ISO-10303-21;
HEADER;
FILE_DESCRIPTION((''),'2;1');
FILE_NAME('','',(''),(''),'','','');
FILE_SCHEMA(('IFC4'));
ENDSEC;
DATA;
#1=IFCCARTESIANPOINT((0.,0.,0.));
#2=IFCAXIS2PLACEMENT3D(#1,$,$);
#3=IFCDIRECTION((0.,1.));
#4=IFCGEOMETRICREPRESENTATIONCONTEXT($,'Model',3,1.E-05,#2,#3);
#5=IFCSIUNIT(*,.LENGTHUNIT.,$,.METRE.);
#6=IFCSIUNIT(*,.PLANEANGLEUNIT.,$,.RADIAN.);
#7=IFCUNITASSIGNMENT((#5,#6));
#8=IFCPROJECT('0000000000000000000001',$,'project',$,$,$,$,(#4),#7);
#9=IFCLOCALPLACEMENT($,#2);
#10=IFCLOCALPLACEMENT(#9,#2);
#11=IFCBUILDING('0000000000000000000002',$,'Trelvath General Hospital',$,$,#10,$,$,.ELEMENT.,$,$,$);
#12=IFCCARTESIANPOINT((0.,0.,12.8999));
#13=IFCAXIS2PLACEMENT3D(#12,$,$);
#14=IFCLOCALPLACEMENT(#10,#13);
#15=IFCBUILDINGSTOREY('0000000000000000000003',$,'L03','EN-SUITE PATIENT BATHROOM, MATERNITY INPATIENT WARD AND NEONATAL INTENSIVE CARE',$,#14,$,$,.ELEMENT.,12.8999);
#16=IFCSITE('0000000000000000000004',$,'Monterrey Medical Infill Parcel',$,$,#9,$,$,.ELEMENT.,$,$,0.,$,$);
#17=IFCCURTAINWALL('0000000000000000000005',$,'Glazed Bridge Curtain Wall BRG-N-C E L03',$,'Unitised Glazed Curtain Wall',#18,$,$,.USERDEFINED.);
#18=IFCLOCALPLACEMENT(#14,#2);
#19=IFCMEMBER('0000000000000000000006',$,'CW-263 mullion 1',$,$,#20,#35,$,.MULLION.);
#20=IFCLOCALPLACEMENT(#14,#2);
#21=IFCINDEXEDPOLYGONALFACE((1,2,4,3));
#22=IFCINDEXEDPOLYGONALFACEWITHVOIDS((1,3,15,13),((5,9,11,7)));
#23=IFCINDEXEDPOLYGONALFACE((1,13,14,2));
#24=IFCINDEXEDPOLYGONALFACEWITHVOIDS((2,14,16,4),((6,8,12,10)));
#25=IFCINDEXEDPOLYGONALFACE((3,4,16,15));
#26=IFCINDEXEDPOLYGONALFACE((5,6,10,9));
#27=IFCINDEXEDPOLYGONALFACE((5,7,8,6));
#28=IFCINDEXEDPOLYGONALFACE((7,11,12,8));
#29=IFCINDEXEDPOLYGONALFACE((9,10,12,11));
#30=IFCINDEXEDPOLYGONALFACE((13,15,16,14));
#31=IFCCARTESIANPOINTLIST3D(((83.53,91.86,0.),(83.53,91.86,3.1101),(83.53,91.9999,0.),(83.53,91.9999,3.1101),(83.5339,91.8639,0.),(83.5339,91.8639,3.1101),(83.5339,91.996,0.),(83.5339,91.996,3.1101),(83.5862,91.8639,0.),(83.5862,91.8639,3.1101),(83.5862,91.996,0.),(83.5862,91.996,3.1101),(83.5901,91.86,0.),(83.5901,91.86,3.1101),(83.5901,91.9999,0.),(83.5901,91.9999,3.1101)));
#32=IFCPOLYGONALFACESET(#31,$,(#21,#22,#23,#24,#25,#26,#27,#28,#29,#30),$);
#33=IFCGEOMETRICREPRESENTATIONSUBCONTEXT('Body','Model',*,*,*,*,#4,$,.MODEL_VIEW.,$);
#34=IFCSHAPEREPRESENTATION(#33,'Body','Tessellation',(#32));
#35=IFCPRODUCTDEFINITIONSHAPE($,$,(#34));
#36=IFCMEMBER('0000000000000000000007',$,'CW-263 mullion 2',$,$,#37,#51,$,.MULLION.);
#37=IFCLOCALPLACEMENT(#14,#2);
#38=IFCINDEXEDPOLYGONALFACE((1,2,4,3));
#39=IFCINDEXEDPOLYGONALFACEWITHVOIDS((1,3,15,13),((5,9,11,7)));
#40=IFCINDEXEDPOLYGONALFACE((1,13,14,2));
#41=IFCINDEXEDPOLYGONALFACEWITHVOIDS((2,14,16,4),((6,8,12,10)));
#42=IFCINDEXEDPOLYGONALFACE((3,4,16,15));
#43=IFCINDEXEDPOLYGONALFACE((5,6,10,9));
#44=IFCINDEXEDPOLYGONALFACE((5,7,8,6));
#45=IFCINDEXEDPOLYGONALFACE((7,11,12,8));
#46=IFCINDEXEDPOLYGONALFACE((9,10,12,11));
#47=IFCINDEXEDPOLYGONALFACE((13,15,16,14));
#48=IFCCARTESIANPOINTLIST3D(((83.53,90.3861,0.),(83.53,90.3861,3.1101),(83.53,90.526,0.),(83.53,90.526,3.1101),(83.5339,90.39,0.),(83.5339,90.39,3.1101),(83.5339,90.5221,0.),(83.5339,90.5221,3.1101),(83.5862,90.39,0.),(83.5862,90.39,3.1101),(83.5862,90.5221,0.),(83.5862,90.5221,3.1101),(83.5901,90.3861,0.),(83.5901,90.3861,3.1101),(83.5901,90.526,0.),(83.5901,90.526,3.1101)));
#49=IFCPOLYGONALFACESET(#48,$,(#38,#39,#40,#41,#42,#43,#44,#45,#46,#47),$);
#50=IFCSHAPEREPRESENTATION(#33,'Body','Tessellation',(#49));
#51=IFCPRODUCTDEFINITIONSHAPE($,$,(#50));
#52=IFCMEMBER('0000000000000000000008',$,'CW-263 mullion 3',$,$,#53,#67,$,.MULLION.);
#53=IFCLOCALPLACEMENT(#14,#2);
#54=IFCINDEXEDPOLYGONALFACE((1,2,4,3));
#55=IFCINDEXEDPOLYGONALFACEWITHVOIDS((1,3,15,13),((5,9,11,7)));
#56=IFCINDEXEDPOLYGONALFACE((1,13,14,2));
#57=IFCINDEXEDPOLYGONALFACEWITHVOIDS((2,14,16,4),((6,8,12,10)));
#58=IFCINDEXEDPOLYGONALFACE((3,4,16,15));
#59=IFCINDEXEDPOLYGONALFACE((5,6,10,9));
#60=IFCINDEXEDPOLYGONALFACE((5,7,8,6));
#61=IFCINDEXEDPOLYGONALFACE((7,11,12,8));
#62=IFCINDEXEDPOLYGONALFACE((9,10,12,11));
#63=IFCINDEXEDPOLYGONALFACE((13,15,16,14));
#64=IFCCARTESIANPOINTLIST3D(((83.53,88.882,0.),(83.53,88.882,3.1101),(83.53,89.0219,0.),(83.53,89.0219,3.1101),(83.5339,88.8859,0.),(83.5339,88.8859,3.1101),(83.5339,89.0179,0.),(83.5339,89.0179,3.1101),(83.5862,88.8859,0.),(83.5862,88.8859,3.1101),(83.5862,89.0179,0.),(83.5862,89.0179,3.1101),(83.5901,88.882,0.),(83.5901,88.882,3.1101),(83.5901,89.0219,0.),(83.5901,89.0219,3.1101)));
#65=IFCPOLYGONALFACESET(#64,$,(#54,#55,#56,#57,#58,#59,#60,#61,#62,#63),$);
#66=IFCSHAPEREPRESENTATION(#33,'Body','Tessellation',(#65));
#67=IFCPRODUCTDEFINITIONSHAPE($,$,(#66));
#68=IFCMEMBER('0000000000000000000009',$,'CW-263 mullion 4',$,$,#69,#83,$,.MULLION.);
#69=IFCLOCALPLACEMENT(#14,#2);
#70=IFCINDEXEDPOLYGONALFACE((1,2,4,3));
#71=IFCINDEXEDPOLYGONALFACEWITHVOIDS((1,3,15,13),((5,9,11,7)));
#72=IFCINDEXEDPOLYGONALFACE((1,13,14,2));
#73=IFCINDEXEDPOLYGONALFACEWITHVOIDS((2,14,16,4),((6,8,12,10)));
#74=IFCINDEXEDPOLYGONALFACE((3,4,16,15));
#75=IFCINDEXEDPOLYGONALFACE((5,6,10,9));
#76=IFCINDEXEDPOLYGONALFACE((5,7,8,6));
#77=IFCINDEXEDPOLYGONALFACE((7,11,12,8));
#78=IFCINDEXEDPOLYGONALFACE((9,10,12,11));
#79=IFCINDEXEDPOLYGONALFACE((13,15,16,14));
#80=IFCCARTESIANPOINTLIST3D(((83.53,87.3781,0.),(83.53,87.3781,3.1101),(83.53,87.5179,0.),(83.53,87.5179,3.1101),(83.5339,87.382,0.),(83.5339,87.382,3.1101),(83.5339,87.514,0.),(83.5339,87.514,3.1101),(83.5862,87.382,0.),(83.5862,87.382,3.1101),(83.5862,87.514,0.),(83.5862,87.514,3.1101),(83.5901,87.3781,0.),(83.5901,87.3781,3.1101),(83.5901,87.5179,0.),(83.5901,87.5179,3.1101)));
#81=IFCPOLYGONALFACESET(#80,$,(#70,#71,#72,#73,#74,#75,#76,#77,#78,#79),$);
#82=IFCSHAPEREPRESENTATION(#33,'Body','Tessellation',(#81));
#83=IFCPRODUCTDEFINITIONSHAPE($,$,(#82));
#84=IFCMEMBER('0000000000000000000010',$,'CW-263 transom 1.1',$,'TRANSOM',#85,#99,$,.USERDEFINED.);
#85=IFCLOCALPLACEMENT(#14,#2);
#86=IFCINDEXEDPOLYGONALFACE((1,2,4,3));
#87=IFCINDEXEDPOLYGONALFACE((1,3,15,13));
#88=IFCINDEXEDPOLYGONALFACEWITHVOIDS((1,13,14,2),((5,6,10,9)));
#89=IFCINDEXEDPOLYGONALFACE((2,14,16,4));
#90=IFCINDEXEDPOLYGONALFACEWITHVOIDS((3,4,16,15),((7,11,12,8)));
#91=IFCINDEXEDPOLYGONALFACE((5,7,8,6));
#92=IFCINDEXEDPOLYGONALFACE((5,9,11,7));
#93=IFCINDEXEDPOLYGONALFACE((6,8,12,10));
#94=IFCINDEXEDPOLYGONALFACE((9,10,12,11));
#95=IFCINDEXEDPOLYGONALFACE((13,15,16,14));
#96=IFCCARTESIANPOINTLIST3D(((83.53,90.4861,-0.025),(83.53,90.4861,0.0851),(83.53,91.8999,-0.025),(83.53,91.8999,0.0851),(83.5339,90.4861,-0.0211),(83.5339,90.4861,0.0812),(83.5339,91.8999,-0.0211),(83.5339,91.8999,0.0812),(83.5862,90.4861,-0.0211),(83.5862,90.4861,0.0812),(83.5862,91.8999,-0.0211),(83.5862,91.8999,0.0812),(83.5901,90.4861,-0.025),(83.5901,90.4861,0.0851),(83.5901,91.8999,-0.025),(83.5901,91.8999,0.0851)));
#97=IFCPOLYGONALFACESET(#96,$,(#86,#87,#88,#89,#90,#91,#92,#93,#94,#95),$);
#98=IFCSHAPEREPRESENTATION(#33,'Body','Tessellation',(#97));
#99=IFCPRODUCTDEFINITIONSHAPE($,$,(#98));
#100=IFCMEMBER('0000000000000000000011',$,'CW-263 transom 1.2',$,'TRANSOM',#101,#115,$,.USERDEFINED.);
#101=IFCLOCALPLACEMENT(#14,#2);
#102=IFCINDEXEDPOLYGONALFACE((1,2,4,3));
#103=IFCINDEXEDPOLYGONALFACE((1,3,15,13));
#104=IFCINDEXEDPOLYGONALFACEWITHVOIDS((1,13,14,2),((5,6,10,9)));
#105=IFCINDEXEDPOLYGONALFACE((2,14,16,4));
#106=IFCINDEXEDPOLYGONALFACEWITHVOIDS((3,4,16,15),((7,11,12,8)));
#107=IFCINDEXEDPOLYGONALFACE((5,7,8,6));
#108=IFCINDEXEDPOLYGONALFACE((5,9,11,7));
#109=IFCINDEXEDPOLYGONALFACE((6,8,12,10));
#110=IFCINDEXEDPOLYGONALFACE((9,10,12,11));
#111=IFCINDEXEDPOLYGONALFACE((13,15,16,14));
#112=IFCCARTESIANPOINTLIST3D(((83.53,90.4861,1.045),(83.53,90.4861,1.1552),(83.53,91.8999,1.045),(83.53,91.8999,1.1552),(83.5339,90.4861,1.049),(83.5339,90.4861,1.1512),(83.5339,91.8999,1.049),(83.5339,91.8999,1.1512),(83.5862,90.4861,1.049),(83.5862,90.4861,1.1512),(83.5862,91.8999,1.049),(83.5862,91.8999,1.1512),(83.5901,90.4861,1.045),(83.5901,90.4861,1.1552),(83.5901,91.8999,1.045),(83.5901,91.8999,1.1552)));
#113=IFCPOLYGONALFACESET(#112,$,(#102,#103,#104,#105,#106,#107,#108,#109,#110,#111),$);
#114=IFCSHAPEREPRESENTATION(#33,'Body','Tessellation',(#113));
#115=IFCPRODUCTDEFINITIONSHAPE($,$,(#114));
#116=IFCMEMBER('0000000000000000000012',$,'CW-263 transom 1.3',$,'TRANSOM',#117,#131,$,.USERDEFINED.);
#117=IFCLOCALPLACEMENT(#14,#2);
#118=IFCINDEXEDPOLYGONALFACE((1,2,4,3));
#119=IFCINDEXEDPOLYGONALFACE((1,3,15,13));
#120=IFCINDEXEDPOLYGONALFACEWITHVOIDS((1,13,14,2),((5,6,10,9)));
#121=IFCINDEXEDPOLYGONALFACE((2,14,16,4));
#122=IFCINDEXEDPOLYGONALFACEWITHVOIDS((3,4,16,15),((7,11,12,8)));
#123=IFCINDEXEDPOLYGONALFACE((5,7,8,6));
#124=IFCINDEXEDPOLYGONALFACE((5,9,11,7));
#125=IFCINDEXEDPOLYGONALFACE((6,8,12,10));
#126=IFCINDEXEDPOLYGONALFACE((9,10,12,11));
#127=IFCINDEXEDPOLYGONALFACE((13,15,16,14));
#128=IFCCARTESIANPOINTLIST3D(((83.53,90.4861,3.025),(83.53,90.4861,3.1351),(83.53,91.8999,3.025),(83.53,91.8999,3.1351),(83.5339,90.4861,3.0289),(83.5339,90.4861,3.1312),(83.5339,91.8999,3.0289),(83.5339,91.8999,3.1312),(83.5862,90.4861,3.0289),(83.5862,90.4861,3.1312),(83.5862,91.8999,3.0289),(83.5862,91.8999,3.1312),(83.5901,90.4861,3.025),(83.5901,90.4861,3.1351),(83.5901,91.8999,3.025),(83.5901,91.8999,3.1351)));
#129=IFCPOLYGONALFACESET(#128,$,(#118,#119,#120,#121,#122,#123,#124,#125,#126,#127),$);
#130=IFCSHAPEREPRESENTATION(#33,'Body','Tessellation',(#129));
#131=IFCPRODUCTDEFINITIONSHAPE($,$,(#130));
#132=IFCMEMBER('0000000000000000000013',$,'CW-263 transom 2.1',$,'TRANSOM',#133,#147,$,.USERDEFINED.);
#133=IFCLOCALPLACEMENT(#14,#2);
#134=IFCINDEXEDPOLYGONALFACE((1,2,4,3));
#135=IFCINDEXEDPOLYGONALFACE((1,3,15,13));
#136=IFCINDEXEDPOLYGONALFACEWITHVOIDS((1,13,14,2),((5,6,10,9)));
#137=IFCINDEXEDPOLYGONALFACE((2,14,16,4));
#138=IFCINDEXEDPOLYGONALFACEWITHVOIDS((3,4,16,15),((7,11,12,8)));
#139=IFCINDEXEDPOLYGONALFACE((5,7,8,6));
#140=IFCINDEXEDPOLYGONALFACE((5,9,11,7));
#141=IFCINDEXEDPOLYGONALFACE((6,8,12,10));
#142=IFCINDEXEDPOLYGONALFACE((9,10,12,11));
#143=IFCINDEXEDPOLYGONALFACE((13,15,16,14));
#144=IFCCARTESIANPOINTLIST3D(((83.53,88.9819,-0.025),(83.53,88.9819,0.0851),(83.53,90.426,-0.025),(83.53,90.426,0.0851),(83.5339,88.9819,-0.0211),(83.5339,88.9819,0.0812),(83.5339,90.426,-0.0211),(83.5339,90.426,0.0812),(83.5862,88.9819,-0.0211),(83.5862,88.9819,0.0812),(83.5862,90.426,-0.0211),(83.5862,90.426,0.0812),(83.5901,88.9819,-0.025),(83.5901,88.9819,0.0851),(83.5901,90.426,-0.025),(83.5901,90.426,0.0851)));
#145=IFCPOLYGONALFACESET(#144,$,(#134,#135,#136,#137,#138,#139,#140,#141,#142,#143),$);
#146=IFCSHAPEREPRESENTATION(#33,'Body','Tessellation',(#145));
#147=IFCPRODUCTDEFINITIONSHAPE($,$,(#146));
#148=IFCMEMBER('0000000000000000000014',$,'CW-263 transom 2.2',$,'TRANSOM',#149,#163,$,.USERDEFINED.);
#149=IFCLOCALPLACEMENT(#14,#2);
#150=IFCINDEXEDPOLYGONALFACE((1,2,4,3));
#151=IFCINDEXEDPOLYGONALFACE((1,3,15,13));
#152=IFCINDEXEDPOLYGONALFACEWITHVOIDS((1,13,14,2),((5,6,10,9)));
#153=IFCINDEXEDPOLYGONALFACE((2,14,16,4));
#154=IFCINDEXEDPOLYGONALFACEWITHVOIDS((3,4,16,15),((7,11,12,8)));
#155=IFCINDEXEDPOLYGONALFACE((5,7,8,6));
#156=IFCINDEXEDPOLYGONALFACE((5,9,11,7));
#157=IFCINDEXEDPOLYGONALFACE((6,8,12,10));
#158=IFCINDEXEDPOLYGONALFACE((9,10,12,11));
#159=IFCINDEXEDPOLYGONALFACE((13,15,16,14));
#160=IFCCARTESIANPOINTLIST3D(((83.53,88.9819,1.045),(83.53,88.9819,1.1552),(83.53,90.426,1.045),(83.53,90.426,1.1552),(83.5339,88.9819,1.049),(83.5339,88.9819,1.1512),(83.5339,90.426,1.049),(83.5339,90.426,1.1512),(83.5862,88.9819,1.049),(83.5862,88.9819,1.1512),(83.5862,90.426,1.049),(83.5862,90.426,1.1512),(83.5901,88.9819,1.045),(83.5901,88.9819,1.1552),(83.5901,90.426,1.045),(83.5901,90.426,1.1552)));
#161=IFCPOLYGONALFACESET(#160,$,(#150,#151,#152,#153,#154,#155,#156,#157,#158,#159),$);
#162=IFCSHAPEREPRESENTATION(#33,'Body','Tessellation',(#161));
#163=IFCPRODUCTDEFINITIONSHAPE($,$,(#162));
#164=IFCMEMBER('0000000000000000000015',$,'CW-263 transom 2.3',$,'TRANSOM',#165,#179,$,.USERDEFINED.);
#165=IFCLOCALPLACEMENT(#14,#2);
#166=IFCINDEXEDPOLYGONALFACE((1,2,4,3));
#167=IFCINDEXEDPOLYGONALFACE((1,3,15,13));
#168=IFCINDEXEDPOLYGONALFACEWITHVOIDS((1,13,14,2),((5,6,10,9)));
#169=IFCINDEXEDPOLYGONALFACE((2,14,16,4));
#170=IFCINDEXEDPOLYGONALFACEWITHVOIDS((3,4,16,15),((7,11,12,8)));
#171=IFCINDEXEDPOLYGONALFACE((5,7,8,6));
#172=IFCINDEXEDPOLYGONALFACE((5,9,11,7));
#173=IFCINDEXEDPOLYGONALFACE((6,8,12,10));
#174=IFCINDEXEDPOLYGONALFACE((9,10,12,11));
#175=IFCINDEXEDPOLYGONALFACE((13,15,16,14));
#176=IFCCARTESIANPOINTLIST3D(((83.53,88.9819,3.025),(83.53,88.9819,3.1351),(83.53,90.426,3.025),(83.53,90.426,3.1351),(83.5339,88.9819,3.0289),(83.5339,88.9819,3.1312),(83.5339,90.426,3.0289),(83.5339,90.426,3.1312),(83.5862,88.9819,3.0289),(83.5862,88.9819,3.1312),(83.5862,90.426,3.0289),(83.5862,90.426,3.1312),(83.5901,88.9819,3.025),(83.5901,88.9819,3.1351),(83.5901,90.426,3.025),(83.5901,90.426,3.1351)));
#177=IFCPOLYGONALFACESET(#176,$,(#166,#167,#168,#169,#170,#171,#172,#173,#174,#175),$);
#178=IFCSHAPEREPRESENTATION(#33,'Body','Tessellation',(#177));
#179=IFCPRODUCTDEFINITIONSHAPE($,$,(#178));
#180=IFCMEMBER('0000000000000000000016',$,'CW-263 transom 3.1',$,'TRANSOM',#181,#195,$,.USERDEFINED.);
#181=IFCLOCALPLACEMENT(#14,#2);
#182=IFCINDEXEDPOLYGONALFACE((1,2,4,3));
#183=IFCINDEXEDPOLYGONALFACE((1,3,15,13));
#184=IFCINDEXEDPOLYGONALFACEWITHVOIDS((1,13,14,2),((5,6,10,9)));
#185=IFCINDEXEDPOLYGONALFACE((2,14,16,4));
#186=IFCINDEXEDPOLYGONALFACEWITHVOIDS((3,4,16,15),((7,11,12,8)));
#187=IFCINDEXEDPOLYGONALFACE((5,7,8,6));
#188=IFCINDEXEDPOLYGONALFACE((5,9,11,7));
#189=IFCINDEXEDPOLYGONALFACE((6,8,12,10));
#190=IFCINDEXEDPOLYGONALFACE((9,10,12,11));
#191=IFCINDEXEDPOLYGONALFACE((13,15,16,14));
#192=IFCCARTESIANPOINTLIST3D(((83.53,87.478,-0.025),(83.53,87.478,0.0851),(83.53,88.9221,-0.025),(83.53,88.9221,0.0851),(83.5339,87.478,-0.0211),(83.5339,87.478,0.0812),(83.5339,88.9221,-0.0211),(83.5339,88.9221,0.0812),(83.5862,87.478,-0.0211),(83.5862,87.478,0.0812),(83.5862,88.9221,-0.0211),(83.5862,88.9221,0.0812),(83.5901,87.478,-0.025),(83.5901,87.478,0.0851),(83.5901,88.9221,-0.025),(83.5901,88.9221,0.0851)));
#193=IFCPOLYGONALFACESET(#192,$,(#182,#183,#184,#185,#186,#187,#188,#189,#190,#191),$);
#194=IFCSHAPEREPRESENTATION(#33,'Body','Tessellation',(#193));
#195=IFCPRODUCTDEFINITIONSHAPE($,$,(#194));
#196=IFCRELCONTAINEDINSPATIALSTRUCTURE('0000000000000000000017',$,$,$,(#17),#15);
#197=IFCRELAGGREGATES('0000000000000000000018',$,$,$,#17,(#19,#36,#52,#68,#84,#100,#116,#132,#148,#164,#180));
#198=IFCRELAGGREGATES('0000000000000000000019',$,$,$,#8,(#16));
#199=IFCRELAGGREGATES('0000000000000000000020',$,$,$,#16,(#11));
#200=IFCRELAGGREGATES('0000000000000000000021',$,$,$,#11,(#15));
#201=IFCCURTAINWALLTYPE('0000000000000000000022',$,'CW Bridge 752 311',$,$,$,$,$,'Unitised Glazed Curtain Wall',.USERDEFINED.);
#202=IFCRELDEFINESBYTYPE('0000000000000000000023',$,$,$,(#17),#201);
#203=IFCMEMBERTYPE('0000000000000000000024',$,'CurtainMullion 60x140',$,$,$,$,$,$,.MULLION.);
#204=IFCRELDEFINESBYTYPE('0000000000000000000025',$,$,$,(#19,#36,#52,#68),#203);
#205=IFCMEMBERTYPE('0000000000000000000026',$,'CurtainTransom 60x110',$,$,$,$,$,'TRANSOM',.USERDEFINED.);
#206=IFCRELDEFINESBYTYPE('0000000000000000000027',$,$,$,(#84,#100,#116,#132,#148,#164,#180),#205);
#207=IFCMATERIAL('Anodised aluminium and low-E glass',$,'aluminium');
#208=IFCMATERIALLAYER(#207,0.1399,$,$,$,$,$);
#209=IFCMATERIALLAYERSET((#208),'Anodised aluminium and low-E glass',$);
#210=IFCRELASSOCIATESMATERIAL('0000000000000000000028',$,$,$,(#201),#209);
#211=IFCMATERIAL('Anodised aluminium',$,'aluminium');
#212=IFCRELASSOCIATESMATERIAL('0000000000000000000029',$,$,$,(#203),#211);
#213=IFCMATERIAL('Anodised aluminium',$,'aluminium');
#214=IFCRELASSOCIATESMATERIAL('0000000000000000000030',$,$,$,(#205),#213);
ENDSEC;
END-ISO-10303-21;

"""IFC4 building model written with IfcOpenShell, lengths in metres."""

from ifc_helpers import new_model, si_unit, direction, frame, origin, origin_2d, place, context, subcontext, project, spatial, hollow_rectangle, extrude, material, layer, layer_set, material_profile, profile_set, type_object, element, aggregate, save


model = new_model("IFC4")

# Units and contexts
model_context = context("Model", 3, precision=1e-05, world=origin(), true_north=direction((0.0, 1.0)))
body_context = subcontext(model_context, "Body", "Model", "MODEL_VIEW")
ifc_project = project(units=[si_unit("LENGTHUNIT", "METRE"), si_unit("PLANEANGLEUNIT", "RADIAN")], contexts=[model_context])

# Site, building, storey
site_placement = place(None, origin())
site = spatial("IfcSite", under=ifc_project, at=site_placement, Name="Monterrey Medical Infill Parcel", CompositionType="ELEMENT", RefElevation=0.0)
building_placement = place(site_placement, origin())
building = spatial("IfcBuilding", under=site, at=building_placement, Name="Trelvath General Hospital", CompositionType="ELEMENT")
storey_placement = place(building_placement, frame((0.0, 0.0, 12.8999)))
storey = spatial("IfcBuildingStorey", under=building, at=storey_placement, Name="L03", Description="EN-SUITE PATIENT BATHROOM, MATERNITY INPATIENT WARD AND NEONATAL INTENSIVE CARE", CompositionType="ELEMENT", Elevation=12.8999)

# Curtain wall, members
ifc_material_1 = material(Name="Anodised aluminium and low-E glass", Category="aluminium")
ifc_layer_1 = layer(ifc_material_1, 0.1399)
ifc_layer_set_1 = layer_set([ifc_layer_1], Name="Anodised aluminium and low-E glass")
curtain_wall_type = type_object("IfcCurtainWallType", Name="CW Bridge 752 311", ElementType="Unitised Glazed Curtain Wall", PredefinedType="USERDEFINED", material=ifc_layer_set_1)
curtain_wall_placement = place(storey_placement, origin())
curtain_wall = element("IfcCurtainWall", 1, at=curtain_wall_placement, inside=storey, type_object=curtain_wall_type, Name="Glazed Bridge Curtain Wall BRG-N-C E L03", ObjectType="Unitised Glazed Curtain Wall", PredefinedType="USERDEFINED")
ifc_material_2 = material(Name="Anodised aluminium", Category="aluminium")
ifc_material_profile_1 = material_profile(ifc_material_2, hollow_rectangle(XDim=0.0601, YDim=0.1399, WallThickness=0.0039, at=origin_2d()), Name="RHS60x140x4")
ifc_profile_set_1 = profile_set([ifc_material_profile_1], Name="Anodised aluminium")
member_type_1 = type_object("IfcMemberType", Name="CurtainMullion 60x140", PredefinedType="MULLION", material=ifc_profile_set_1)
member_1_placement = place(storey_placement, frame((83.5601, 91.9299, 0.0), z_axis=(0.0, 0.0, 1.0), x_axis=(1.0, 0.0, 0.0)))
member_1 = element("IfcMember", 2, at=member_1_placement, type_object=member_type_1, Name="CW-263 mullion 1", PredefinedType="MULLION", context=body_context, shape_type="SweptSolid", body=[
    extrude(hollow_rectangle(XDim=0.0601, YDim=0.1399, WallThickness=0.0039, at=origin_2d()), origin(), (0.0, 0.0, 1.0), 3.1101),
])
member_2_placement = place(storey_placement, frame((83.5601, 90.4561, 0.0), z_axis=(0.0, 0.0, 1.0), x_axis=(1.0, 0.0, 0.0)))
member_2 = element("IfcMember", 3, at=member_2_placement, type_object=member_type_1, Name="CW-263 mullion 2", PredefinedType="MULLION", context=body_context, shape_type="SweptSolid", body=[
    extrude(hollow_rectangle(XDim=0.0601, YDim=0.1399, WallThickness=0.0039, at=origin_2d()), origin(), (0.0, 0.0, 1.0), 3.1101),
])
member_3_placement = place(storey_placement, frame((83.5601, 88.9519, 0.0), z_axis=(0.0, 0.0, 1.0), x_axis=(1.0, 0.0, 0.0)))
member_3 = element("IfcMember", 4, at=member_3_placement, type_object=member_type_1, Name="CW-263 mullion 3", PredefinedType="MULLION", context=body_context, shape_type="SweptSolid", body=[
    extrude(hollow_rectangle(XDim=0.0601, YDim=0.1399, WallThickness=0.0039, at=origin_2d()), origin(), (0.0, 0.0, 1.0), 3.1101),
])
member_4_placement = place(storey_placement, frame((83.5601, 87.448, 0.0), z_axis=(0.0, 0.0, 1.0), x_axis=(1.0, 0.0, 0.0)))
member_4 = element("IfcMember", 5, at=member_4_placement, type_object=member_type_1, Name="CW-263 mullion 4", PredefinedType="MULLION", context=body_context, shape_type="SweptSolid", body=[
    extrude(hollow_rectangle(XDim=0.0601, YDim=0.1399, WallThickness=0.0039, at=origin_2d()), origin(), (0.0, 0.0, 1.0), 3.1101),
])
ifc_material_3 = material(Name="Anodised aluminium", Category="aluminium")
ifc_material_profile_2 = material_profile(ifc_material_3, hollow_rectangle(XDim=0.0601, YDim=0.1101, WallThickness=0.0039, at=origin_2d()), Name="RHS60x110x4")
ifc_profile_set_2 = profile_set([ifc_material_profile_2], Name="Anodised aluminium")
member_type_2 = type_object("IfcMemberType", Name="CurtainTransom 60x110", ElementType="TRANSOM", PredefinedType="USERDEFINED", material=ifc_profile_set_2)
member_5_placement = place(storey_placement, frame((83.5601, 91.8999, 0.03), z_axis=(0.0, -1.0, 0.0), x_axis=(1.0, 0.0, 0.0)))
member_5 = element("IfcMember", 6, at=member_5_placement, type_object=member_type_2, Name="CW-263 transom 1.1", ObjectType="TRANSOM", PredefinedType="USERDEFINED", context=body_context, shape_type="SweptSolid", body=[
    extrude(hollow_rectangle(XDim=0.0601, YDim=0.1101, WallThickness=0.0039, at=origin_2d()), origin(), (0.0, 0.0, 1.0), 1.4138),
])
member_6_placement = place(storey_placement, frame((83.5601, 91.8999, 1.1001), z_axis=(0.0, -1.0, 0.0), x_axis=(1.0, 0.0, 0.0)))
member_6 = element("IfcMember", 7, at=member_6_placement, type_object=member_type_2, Name="CW-263 transom 1.2", ObjectType="TRANSOM", PredefinedType="USERDEFINED", context=body_context, shape_type="SweptSolid", body=[
    extrude(hollow_rectangle(XDim=0.0601, YDim=0.1101, WallThickness=0.0039, at=origin_2d()), origin(), (0.0, 0.0, 1.0), 1.4138),
])
member_7_placement = place(storey_placement, frame((83.5601, 91.8999, 3.0801), z_axis=(0.0, -1.0, 0.0), x_axis=(1.0, 0.0, 0.0)))
member_7 = element("IfcMember", 8, at=member_7_placement, type_object=member_type_2, Name="CW-263 transom 1.3", ObjectType="TRANSOM", PredefinedType="USERDEFINED", context=body_context, shape_type="SweptSolid", body=[
    extrude(hollow_rectangle(XDim=0.0601, YDim=0.1101, WallThickness=0.0039, at=origin_2d()), origin(), (0.0, 0.0, 1.0), 1.4138),
])
member_8_placement = place(storey_placement, frame((83.5601, 90.426, 0.03), z_axis=(0.0, -1.0, 0.0), x_axis=(1.0, 0.0, 0.0)))
member_8 = element("IfcMember", 9, at=member_8_placement, type_object=member_type_2, Name="CW-263 transom 2.1", ObjectType="TRANSOM", PredefinedType="USERDEFINED", context=body_context, shape_type="SweptSolid", body=[
    extrude(hollow_rectangle(XDim=0.0601, YDim=0.1101, WallThickness=0.0039, at=origin_2d()), origin(), (0.0, 0.0, 1.0), 1.4441),
])
member_9_placement = place(storey_placement, frame((83.5601, 90.426, 1.1001), z_axis=(0.0, -1.0, 0.0), x_axis=(1.0, 0.0, 0.0)))
member_9 = element("IfcMember", 10, at=member_9_placement, type_object=member_type_2, Name="CW-263 transom 2.2", ObjectType="TRANSOM", PredefinedType="USERDEFINED", context=body_context, shape_type="SweptSolid", body=[
    extrude(hollow_rectangle(XDim=0.0601, YDim=0.1101, WallThickness=0.0039, at=origin_2d()), origin(), (0.0, 0.0, 1.0), 1.4441),
])
member_10_placement = place(storey_placement, frame((83.5601, 90.426, 3.0801), z_axis=(0.0, -1.0, 0.0), x_axis=(1.0, 0.0, 0.0)))
member_10 = element("IfcMember", 11, at=member_10_placement, type_object=member_type_2, Name="CW-263 transom 2.3", ObjectType="TRANSOM", PredefinedType="USERDEFINED", context=body_context, shape_type="SweptSolid", body=[
    extrude(hollow_rectangle(XDim=0.0601, YDim=0.1101, WallThickness=0.0039, at=origin_2d()), origin(), (0.0, 0.0, 1.0), 1.4441),
])
member_11_placement = place(storey_placement, frame((83.5601, 88.9221, 0.03), z_axis=(0.0, -1.0, 0.0), x_axis=(1.0, 0.0, 0.0)))
member_11 = element("IfcMember", 12, at=member_11_placement, type_object=member_type_2, Name="CW-263 transom 3.1", ObjectType="TRANSOM", PredefinedType="USERDEFINED", context=body_context, shape_type="SweptSolid", body=[
    extrude(hollow_rectangle(XDim=0.0601, YDim=0.1101, WallThickness=0.0039, at=origin_2d()), origin(), (0.0, 0.0, 1.0), 1.4441),
])
aggregate(curtain_wall, [member_1, member_2, member_3, member_4, member_5, member_6, member_7, member_8, member_9, member_10, member_11])

save(model, "model.ifc")
